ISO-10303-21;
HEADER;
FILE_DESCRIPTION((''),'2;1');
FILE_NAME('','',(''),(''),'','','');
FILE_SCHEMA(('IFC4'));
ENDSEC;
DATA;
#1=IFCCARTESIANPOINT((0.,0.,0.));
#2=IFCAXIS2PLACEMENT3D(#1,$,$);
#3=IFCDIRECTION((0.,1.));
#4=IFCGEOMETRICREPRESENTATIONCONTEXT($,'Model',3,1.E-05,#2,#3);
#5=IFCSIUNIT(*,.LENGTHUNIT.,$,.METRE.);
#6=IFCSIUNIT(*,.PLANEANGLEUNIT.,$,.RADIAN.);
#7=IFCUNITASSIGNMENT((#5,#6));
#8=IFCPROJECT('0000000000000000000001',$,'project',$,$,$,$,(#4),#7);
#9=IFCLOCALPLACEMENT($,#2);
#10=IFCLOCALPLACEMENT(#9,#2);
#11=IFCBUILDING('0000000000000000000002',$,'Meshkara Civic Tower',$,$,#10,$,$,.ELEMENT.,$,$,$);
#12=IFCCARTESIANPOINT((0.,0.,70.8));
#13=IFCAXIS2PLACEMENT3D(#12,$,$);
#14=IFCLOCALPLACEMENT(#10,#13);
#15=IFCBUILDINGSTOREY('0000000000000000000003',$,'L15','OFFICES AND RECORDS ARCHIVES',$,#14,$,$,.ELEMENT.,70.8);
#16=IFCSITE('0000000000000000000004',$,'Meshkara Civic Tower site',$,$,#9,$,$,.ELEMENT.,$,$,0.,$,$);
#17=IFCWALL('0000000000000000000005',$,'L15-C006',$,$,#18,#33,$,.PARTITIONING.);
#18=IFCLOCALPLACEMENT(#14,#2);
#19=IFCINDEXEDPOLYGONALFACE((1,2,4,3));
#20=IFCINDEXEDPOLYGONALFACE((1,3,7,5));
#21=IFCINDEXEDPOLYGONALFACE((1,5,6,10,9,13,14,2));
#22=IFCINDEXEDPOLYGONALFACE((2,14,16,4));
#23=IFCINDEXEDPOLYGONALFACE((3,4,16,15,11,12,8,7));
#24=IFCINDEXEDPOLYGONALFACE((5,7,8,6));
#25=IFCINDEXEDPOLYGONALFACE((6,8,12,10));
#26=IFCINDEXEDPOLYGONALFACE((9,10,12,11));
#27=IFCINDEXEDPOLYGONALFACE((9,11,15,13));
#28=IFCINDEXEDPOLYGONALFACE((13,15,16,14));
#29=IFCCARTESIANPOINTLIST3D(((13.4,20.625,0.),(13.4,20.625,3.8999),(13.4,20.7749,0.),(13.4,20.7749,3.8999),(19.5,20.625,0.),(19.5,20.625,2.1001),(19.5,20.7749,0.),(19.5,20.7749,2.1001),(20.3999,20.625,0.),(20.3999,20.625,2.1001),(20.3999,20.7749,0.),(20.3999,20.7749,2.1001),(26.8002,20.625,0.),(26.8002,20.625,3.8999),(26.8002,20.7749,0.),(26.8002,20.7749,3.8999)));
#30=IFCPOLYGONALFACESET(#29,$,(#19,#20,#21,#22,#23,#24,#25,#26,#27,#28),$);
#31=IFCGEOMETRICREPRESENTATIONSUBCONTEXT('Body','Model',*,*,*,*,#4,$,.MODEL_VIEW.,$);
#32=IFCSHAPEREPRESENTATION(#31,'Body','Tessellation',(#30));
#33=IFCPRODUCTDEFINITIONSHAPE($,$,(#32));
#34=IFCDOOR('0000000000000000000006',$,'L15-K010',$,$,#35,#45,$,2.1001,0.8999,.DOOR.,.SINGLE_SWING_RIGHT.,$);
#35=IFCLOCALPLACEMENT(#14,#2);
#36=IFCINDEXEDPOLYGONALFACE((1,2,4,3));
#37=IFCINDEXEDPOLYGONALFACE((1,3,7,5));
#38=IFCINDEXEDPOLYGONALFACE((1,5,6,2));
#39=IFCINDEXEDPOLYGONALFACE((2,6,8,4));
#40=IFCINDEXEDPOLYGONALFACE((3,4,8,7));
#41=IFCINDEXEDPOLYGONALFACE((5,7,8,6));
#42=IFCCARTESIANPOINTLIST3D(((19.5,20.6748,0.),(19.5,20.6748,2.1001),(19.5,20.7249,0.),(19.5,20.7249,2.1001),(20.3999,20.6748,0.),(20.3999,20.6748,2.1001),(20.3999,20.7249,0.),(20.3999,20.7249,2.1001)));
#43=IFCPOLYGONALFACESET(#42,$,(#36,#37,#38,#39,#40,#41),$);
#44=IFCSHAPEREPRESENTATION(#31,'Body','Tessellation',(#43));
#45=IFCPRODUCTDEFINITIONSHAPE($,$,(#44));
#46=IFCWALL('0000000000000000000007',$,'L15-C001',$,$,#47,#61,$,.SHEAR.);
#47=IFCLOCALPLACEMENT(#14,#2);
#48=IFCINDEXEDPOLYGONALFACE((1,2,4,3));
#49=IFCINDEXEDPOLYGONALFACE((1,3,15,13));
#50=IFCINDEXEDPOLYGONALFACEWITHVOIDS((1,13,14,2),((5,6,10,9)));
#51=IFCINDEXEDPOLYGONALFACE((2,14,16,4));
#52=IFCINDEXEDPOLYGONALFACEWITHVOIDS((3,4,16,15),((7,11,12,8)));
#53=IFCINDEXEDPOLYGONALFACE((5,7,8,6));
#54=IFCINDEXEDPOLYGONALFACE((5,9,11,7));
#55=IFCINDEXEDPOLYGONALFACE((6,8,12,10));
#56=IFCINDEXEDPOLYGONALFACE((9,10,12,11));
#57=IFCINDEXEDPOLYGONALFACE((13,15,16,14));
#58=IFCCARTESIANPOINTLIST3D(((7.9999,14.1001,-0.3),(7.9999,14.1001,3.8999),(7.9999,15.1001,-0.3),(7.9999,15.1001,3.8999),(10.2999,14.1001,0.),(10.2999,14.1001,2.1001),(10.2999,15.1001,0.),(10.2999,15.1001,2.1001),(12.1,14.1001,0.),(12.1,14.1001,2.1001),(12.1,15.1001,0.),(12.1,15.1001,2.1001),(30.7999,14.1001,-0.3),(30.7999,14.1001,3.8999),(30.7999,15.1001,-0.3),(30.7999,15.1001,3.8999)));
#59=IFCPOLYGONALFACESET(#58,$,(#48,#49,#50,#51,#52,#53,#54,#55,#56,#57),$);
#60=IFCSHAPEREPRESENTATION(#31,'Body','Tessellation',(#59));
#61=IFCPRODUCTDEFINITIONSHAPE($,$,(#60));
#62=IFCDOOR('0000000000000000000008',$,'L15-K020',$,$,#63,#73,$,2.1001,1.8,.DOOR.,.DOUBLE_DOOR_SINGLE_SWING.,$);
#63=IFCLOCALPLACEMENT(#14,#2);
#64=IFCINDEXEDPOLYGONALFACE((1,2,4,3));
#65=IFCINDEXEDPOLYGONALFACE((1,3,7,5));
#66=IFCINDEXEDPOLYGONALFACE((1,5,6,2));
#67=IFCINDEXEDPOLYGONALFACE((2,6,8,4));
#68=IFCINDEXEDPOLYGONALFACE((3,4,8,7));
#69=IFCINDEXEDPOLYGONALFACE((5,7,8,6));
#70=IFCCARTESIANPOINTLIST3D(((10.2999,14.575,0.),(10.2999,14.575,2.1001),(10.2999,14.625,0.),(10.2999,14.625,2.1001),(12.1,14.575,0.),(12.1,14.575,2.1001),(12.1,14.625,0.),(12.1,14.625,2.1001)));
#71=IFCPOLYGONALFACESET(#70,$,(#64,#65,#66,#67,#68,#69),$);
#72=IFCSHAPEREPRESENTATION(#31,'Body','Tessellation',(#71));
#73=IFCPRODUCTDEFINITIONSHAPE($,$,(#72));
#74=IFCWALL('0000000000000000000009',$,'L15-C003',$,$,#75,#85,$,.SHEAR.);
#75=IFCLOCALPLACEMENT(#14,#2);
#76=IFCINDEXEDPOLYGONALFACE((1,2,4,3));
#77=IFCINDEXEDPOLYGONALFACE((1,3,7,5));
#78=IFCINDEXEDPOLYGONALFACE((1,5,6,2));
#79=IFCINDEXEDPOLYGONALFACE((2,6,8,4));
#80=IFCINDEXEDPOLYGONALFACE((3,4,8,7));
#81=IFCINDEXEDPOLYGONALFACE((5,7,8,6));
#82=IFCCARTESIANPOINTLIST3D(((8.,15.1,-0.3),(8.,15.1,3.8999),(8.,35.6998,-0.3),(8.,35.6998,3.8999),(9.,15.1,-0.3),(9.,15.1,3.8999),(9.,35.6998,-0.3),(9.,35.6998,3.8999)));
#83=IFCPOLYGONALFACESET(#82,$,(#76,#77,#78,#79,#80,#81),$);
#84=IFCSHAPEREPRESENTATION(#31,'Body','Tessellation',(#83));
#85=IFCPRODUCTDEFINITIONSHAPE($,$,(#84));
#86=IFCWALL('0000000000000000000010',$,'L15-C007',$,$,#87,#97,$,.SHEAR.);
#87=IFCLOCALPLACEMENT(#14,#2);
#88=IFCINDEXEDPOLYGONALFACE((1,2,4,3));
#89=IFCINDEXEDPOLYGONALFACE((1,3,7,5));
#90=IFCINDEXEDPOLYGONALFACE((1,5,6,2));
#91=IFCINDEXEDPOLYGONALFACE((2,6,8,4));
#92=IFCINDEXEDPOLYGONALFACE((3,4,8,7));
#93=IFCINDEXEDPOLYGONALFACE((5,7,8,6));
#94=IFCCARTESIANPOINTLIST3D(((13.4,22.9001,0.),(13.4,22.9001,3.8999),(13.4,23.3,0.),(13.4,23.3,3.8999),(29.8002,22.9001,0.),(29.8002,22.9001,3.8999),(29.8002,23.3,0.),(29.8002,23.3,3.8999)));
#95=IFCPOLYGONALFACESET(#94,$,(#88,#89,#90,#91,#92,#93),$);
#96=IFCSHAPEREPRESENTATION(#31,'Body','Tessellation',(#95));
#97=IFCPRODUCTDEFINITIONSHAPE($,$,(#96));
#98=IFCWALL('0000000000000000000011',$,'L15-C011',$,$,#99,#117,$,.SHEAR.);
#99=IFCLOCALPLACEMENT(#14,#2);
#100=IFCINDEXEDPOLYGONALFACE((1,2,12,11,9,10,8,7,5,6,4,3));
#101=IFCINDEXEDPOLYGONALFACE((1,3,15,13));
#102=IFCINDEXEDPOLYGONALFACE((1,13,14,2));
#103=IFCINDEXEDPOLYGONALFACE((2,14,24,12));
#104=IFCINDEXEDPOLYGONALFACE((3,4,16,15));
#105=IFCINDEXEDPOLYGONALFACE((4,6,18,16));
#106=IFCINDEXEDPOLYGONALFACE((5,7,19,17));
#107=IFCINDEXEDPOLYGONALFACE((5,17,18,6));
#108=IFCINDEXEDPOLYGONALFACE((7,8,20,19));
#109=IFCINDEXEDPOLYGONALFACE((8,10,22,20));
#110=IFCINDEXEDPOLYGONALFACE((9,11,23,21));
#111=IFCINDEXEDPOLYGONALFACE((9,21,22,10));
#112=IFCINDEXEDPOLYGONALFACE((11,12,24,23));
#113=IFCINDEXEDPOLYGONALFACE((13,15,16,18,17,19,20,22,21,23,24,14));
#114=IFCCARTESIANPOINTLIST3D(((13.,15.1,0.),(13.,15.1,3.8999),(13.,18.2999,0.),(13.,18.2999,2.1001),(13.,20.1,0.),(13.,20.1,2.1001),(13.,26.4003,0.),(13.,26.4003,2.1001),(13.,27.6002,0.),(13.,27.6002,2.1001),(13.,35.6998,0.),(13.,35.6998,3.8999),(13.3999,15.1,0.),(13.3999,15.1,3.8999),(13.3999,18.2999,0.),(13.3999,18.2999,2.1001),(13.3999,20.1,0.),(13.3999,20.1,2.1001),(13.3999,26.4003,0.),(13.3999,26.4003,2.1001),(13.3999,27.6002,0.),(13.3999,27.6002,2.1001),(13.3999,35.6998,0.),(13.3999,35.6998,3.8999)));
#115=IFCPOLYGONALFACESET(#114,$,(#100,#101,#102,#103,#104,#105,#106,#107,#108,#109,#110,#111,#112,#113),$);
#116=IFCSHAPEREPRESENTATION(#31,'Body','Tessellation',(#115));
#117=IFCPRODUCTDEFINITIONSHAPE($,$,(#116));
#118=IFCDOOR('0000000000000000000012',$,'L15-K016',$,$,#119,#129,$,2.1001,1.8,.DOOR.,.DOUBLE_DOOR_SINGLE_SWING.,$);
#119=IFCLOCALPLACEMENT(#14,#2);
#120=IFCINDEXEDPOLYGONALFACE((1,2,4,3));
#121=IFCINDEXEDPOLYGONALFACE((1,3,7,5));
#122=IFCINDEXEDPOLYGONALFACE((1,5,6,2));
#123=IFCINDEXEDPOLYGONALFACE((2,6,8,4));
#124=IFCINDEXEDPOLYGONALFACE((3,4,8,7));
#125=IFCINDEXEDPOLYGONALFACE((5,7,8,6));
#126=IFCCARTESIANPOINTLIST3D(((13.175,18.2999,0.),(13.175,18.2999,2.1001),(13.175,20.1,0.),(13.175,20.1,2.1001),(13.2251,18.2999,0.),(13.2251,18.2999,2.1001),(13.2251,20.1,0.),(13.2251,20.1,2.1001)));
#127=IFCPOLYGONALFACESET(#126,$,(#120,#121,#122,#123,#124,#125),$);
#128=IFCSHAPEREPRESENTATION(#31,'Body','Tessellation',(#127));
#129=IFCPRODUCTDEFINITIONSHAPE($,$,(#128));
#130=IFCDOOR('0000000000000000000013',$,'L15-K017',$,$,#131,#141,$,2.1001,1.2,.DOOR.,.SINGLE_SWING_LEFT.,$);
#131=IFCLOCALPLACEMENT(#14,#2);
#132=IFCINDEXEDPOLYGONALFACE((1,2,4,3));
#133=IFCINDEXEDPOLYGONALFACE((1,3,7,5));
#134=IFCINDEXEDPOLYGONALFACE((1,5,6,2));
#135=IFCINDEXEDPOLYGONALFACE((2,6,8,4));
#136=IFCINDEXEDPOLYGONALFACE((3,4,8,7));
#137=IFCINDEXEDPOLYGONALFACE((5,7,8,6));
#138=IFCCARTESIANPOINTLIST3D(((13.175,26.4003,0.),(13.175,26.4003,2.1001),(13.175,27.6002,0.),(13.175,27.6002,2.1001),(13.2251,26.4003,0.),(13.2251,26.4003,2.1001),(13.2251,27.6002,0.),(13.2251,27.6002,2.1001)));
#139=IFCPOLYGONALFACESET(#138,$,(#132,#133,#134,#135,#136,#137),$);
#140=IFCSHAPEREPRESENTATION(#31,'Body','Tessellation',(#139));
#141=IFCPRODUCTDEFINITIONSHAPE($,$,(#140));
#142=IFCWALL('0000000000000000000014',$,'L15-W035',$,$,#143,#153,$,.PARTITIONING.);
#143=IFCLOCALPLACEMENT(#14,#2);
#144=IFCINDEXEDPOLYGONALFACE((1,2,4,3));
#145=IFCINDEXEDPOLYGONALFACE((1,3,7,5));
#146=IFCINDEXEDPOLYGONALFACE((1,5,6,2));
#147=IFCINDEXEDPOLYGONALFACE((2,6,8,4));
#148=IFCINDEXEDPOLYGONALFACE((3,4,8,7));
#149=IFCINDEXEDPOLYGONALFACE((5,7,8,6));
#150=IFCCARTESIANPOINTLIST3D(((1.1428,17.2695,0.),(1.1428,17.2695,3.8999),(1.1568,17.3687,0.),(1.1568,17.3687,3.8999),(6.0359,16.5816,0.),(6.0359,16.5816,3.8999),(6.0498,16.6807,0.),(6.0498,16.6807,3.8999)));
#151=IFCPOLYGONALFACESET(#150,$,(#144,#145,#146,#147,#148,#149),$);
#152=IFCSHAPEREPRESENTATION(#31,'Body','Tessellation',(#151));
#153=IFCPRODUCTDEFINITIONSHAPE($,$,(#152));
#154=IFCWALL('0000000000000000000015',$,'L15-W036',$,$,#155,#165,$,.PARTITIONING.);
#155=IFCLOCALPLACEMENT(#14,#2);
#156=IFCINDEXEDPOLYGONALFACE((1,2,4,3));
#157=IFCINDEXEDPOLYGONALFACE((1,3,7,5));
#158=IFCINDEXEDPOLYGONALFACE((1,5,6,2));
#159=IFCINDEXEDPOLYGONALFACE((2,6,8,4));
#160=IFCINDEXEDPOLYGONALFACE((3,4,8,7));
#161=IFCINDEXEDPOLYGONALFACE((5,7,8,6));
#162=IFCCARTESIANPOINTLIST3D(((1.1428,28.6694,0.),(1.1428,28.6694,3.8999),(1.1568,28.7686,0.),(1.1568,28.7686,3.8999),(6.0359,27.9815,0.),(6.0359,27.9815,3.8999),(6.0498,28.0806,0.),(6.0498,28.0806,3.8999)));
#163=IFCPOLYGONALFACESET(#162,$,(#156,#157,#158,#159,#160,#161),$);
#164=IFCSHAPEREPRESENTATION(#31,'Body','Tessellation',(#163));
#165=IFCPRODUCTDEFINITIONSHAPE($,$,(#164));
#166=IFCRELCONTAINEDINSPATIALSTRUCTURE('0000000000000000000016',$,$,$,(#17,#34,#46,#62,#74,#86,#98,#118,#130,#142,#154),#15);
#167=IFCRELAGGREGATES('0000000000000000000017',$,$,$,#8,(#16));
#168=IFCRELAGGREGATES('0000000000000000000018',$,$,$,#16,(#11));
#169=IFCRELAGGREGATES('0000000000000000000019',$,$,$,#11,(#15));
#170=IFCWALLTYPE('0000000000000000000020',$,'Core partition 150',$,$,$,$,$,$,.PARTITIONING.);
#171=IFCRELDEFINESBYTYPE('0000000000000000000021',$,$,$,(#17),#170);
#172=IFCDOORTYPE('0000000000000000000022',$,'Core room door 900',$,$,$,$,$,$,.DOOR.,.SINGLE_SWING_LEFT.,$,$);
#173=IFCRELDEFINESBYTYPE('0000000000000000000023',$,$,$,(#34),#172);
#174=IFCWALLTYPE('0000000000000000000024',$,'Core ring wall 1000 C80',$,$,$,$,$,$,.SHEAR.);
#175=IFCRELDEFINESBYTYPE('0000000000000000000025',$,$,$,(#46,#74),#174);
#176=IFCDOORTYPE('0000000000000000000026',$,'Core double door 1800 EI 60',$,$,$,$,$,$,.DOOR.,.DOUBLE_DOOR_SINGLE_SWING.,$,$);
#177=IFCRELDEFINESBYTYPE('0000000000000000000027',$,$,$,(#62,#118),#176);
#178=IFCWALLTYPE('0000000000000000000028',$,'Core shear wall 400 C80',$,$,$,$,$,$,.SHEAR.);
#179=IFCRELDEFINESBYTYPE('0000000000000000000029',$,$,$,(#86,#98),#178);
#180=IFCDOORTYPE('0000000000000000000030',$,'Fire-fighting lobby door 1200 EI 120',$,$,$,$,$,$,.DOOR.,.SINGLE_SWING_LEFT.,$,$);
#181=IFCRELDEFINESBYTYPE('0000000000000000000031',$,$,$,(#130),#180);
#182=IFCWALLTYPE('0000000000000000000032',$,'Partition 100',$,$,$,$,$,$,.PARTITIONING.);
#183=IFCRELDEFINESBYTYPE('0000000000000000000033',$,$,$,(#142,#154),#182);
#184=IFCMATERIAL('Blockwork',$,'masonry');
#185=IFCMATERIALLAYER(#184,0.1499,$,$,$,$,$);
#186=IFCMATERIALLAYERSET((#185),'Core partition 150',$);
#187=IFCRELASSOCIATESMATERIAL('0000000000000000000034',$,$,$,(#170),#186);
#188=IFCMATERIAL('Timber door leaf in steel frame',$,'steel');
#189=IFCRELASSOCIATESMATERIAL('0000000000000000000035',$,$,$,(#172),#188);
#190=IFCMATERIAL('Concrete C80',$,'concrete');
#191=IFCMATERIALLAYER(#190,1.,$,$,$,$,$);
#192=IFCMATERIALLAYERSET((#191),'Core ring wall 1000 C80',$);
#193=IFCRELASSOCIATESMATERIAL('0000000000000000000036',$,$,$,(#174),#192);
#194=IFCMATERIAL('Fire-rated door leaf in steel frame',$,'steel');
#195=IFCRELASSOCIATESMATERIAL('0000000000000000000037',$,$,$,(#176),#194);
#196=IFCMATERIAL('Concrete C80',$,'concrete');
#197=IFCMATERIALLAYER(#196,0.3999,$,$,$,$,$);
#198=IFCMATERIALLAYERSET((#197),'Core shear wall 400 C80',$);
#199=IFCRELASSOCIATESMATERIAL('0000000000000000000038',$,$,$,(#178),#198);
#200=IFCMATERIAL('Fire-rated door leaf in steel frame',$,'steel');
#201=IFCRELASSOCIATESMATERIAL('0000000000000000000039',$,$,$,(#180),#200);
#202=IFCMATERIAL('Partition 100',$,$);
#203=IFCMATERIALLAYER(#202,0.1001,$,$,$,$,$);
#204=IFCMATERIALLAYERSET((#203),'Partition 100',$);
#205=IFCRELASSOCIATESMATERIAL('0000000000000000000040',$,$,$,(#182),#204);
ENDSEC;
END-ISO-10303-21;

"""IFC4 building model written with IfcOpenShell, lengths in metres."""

from ifc_helpers import new_model, si_unit, direction, frame, frame_2d, origin, place, context, subcontext, project, spatial, rectangle, extrude, material, layer, layer_set, type_object, element, fill, save


model = new_model("IFC4")

# Units and contexts
model_context = context("Model", 3, precision=1e-05, world=origin(), true_north=direction((0.0, 1.0)))
body_context = subcontext(model_context, "Body", "Model", "MODEL_VIEW")
ifc_project = project(units=[si_unit("LENGTHUNIT", "METRE"), si_unit("PLANEANGLEUNIT", "RADIAN")], contexts=[model_context])

# Site, building, storey
site_placement = place(None, origin())
site = spatial("IfcSite", under=ifc_project, at=site_placement, Name="Meshkara Civic Tower site", CompositionType="ELEMENT", RefElevation=0.0)
building_placement = place(site_placement, origin())
building = spatial("IfcBuilding", under=site, at=building_placement, Name="Meshkara Civic Tower", CompositionType="ELEMENT")
storey_placement = place(building_placement, frame((0.0, 0.0, 70.8)))
storey = spatial("IfcBuildingStorey", under=building, at=storey_placement, Name="L15", Description="OFFICES AND RECORDS ARCHIVES", CompositionType="ELEMENT", Elevation=70.8)

# Walls, openings, doors
ifc_material_1 = material(Name="Blockwork", Category="masonry")
ifc_layer_1 = layer(ifc_material_1, 0.1499)
ifc_layer_set_1 = layer_set([ifc_layer_1], Name="Core partition 150")
wall_type_1 = type_object("IfcWallType", Name="Core partition 150", PredefinedType="PARTITIONING", material=ifc_layer_set_1)
wall_1_placement = place(storey_placement, frame((13.3999, 20.7, 0.0), z_axis=(0.0, 0.0, 1.0), x_axis=(1.0, 0.0, 0.0)))
wall_1 = element("IfcWall", 1, at=wall_1_placement, inside=storey, type_object=wall_type_1, Name="L15-C006", PredefinedType="PARTITIONING", context=body_context, shape_type="SweptSolid", body=[
    extrude(rectangle(XDim=13.4001, YDim=0.1499, at=frame_2d((6.7002, 0.0))), origin(), (0.0, 0.0, 1.0), 3.8999),
])
opening_1_placement = place(wall_1_placement, frame((6.1001, 0.0, 0.0)))
opening_1 = element("IfcOpeningElement", 2, at=opening_1_placement, cuts=wall_1, PredefinedType="OPENING", context=body_context, shape_type="SweptSolid", body=[
    extrude(rectangle(XDim=0.8999, YDim=2.1001, at=frame_2d((0.45, 1.05))), frame((0.0, 0.085, 0.0), z_axis=(0.0, -1.0, 0.0), x_axis=(1.0, 0.0, 0.0)), (0.0, 0.0, 1.0), 0.1699),
])
ifc_material_2 = material(Name="Timber door leaf in steel frame", Category="steel")
door_type_1 = type_object("IfcDoorType", Name="Core room door 900", OperationType="SINGLE_SWING_LEFT", PredefinedType="DOOR", material=ifc_material_2)
door_1_placement = place(opening_1_placement, origin())
door_1 = element("IfcDoor", 3, at=door_1_placement, inside=storey, type_object=door_type_1, Name="L15-K010", OperationType="SINGLE_SWING_RIGHT", OverallHeight=2.1001, OverallWidth=0.8999, PredefinedType="DOOR", context=body_context, shape_type="SweptSolid", body=[
    extrude(rectangle(XDim=0.8999, YDim=2.1001, at=frame_2d((0.45, 1.05))), frame((0.0, 0.0249, 0.0), z_axis=(0.0, -1.0, 0.0), x_axis=(1.0, 0.0, 0.0)), (0.0, 0.0, 1.0), 0.05),
])
fill(opening_1, door_1)
ifc_material_3 = material(Name="Concrete C80", Category="concrete")
ifc_layer_2 = layer(ifc_material_3, 1.0)
ifc_layer_set_2 = layer_set([ifc_layer_2], Name="Core ring wall 1000 C80")
wall_type_2 = type_object("IfcWallType", Name="Core ring wall 1000 C80", PredefinedType="SHEAR", material=ifc_layer_set_2)
wall_2_placement = place(storey_placement, frame((8.0, 14.6001, -0.3), z_axis=(0.0, 0.0, 1.0), x_axis=(1.0, 0.0, 0.0)))
wall_2 = element("IfcWall", 4, at=wall_2_placement, inside=storey, type_object=wall_type_2, Name="L15-C001", PredefinedType="SHEAR", context=body_context, shape_type="SweptSolid", body=[
    extrude(rectangle(XDim=22.8, YDim=1.0, at=frame_2d((11.3999, 0.0))), origin(), (0.0, 0.0, 1.0), 4.2),
])
opening_2_placement = place(wall_2_placement, frame((2.3, 0.0, 0.3)))
opening_2 = element("IfcOpeningElement", 5, at=opening_2_placement, cuts=wall_2, PredefinedType="OPENING", context=body_context, shape_type="SweptSolid", body=[
    extrude(rectangle(XDim=1.8, YDim=2.1001, at=frame_2d((0.8999, 1.05))), frame((0.0, 0.51, 0.0), z_axis=(0.0, -1.0, 0.0), x_axis=(1.0, 0.0, 0.0)), (0.0, 0.0, 1.0), 1.02),
])
ifc_material_4 = material(Name="Fire-rated door leaf in steel frame", Category="steel")
door_type_2 = type_object("IfcDoorType", Name="Core double door 1800 EI 60", OperationType="DOUBLE_DOOR_SINGLE_SWING", PredefinedType="DOOR", material=ifc_material_4)
door_2_placement = place(opening_2_placement, origin())
door_2 = element("IfcDoor", 6, at=door_2_placement, inside=storey, type_object=door_type_2, Name="L15-K020", OperationType="DOUBLE_DOOR_SINGLE_SWING", OverallHeight=2.1001, OverallWidth=1.8, PredefinedType="DOOR", context=body_context, shape_type="SweptSolid", body=[
    extrude(rectangle(XDim=1.8, YDim=2.1001, at=frame_2d((0.8999, 1.05))), frame((0.0, 0.0249, 0.0), z_axis=(0.0, -1.0, 0.0), x_axis=(1.0, 0.0, 0.0)), (0.0, 0.0, 1.0), 0.05),
])
fill(opening_2, door_2)

# Walls
wall_3_placement = place(storey_placement, frame((8.5, 15.1001, -0.3), z_axis=(0.0, 0.0, 1.0), x_axis=(0.0, 1.0, 0.0)))
element("IfcWall", 7, at=wall_3_placement, inside=storey, type_object=wall_type_2, Name="L15-C003", PredefinedType="SHEAR", context=body_context, shape_type="SweptSolid", body=[
    extrude(rectangle(XDim=20.5999, YDim=1.0, at=frame_2d((10.2998, 0.0))), origin(), (0.0, 0.0, 1.0), 4.2),
])
ifc_material_5 = material(Name="Concrete C80", Category="concrete")
ifc_layer_3 = layer(ifc_material_5, 0.3999)
ifc_layer_set_3 = layer_set([ifc_layer_3], Name="Core shear wall 400 C80")
wall_type_3 = type_object("IfcWallType", Name="Core shear wall 400 C80", PredefinedType="SHEAR", material=ifc_layer_set_3)
wall_4_placement = place(storey_placement, frame((13.3999, 23.1001, 0.0), z_axis=(0.0, 0.0, 1.0), x_axis=(1.0, 0.0, 0.0)))
element("IfcWall", 8, at=wall_4_placement, inside=storey, type_object=wall_type_3, Name="L15-C007", PredefinedType="SHEAR", context=body_context, shape_type="SweptSolid", body=[
    extrude(rectangle(XDim=16.4001, YDim=0.3999, at=frame_2d((8.2002, 0.0))), origin(), (0.0, 0.0, 1.0), 3.8999),
])

# Wall, openings, doors
wall_5_placement = place(storey_placement, frame((13.2, 15.1001, 0.0), z_axis=(0.0, 0.0, 1.0), x_axis=(0.0, 1.0, 0.0)))
wall_5 = element("IfcWall", 9, at=wall_5_placement, inside=storey, type_object=wall_type_3, Name="L15-C011", PredefinedType="SHEAR", context=body_context, shape_type="SweptSolid", body=[
    extrude(rectangle(XDim=20.5999, YDim=0.3999, at=frame_2d((10.2998, 0.0))), origin(), (0.0, 0.0, 1.0), 3.8999),
])
opening_3_placement = place(wall_5_placement, frame((3.2, 0.0, 0.0)))
opening_3 = element("IfcOpeningElement", 10, at=opening_3_placement, cuts=wall_5, PredefinedType="OPENING", context=body_context, shape_type="SweptSolid", body=[
    extrude(rectangle(XDim=1.8, YDim=2.1001, at=frame_2d((0.8999, 1.05))), frame((0.0, 0.21, 0.0), z_axis=(0.0, -1.0, 0.0), x_axis=(1.0, 0.0, 0.0)), (0.0, 0.0, 1.0), 0.4199),
])
opening_4_placement = place(wall_5_placement, frame((11.3, 0.0, 0.0)))
opening_4 = element("IfcOpeningElement", 11, at=opening_4_placement, cuts=wall_5, PredefinedType="OPENING", context=body_context, shape_type="SweptSolid", body=[
    extrude(rectangle(XDim=1.2, YDim=2.1001, at=frame_2d((0.6001, 1.05))), frame((0.0, 0.21, 0.0), z_axis=(0.0, -1.0, 0.0), x_axis=(1.0, 0.0, 0.0)), (0.0, 0.0, 1.0), 0.4199),
])
door_3_placement = place(opening_3_placement, origin())
door_3 = element("IfcDoor", 12, at=door_3_placement, inside=storey, type_object=door_type_2, Name="L15-K016", OperationType="DOUBLE_DOOR_SINGLE_SWING", OverallHeight=2.1001, OverallWidth=1.8, PredefinedType="DOOR", context=body_context, shape_type="SweptSolid", body=[
    extrude(rectangle(XDim=1.8, YDim=2.1001, at=frame_2d((0.8999, 1.05))), frame((0.0, 0.0249, 0.0), z_axis=(0.0, -1.0, 0.0), x_axis=(1.0, 0.0, 0.0)), (0.0, 0.0, 1.0), 0.05),
])
fill(opening_3, door_3)
ifc_material_6 = material(Name="Fire-rated door leaf in steel frame", Category="steel")
door_type_3 = type_object("IfcDoorType", Name="Fire-fighting lobby door 1200 EI 120", OperationType="SINGLE_SWING_LEFT", PredefinedType="DOOR", material=ifc_material_6)
door_4_placement = place(opening_4_placement, origin())
door_4 = element("IfcDoor", 13, at=door_4_placement, inside=storey, type_object=door_type_3, Name="L15-K017", OperationType="SINGLE_SWING_LEFT", OverallHeight=2.1001, OverallWidth=1.2, PredefinedType="DOOR", context=body_context, shape_type="SweptSolid", body=[
    extrude(rectangle(XDim=1.2, YDim=2.1001, at=frame_2d((0.6001, 1.05))), frame((0.0, 0.0249, 0.0), z_axis=(0.0, -1.0, 0.0), x_axis=(1.0, 0.0, 0.0)), (0.0, 0.0, 1.0), 0.05),
])
fill(opening_4, door_4)

# Walls
ifc_material_7 = material(Name="Partition 100")
ifc_layer_4 = layer(ifc_material_7, 0.1001)
ifc_layer_set_4 = layer_set([ifc_layer_4], Name="Partition 100")
wall_type_4 = type_object("IfcWallType", Name="Partition 100", PredefinedType="PARTITIONING", material=ifc_layer_set_4)
for number, where, z_axis, x_axis, name in (
    (14, (6.043, 16.6311, 0.0), (0.0, 0.0, 1.0), (-0.990259, 0.139235, 0.0), "L15-W035"),
    (15, (6.043, 28.031, 0.0), (0.0, 0.0, 1.0), (-0.990259, 0.139235, 0.0), "L15-W036"),
):
    element("IfcWall", number, at=place(storey_placement, frame(where, z_axis=z_axis, x_axis=x_axis)), inside=storey, type_object=wall_type_4, Name=name, PredefinedType="PARTITIONING", context=body_context, shape_type="SweptSolid", body=[
        extrude(rectangle(XDim=4.9412, YDim=0.1001, at=frame_2d((2.4707, 0.0))), origin(), (0.0, 0.0, 1.0), 3.8999),
    ])

save(model, "model.ifc")
